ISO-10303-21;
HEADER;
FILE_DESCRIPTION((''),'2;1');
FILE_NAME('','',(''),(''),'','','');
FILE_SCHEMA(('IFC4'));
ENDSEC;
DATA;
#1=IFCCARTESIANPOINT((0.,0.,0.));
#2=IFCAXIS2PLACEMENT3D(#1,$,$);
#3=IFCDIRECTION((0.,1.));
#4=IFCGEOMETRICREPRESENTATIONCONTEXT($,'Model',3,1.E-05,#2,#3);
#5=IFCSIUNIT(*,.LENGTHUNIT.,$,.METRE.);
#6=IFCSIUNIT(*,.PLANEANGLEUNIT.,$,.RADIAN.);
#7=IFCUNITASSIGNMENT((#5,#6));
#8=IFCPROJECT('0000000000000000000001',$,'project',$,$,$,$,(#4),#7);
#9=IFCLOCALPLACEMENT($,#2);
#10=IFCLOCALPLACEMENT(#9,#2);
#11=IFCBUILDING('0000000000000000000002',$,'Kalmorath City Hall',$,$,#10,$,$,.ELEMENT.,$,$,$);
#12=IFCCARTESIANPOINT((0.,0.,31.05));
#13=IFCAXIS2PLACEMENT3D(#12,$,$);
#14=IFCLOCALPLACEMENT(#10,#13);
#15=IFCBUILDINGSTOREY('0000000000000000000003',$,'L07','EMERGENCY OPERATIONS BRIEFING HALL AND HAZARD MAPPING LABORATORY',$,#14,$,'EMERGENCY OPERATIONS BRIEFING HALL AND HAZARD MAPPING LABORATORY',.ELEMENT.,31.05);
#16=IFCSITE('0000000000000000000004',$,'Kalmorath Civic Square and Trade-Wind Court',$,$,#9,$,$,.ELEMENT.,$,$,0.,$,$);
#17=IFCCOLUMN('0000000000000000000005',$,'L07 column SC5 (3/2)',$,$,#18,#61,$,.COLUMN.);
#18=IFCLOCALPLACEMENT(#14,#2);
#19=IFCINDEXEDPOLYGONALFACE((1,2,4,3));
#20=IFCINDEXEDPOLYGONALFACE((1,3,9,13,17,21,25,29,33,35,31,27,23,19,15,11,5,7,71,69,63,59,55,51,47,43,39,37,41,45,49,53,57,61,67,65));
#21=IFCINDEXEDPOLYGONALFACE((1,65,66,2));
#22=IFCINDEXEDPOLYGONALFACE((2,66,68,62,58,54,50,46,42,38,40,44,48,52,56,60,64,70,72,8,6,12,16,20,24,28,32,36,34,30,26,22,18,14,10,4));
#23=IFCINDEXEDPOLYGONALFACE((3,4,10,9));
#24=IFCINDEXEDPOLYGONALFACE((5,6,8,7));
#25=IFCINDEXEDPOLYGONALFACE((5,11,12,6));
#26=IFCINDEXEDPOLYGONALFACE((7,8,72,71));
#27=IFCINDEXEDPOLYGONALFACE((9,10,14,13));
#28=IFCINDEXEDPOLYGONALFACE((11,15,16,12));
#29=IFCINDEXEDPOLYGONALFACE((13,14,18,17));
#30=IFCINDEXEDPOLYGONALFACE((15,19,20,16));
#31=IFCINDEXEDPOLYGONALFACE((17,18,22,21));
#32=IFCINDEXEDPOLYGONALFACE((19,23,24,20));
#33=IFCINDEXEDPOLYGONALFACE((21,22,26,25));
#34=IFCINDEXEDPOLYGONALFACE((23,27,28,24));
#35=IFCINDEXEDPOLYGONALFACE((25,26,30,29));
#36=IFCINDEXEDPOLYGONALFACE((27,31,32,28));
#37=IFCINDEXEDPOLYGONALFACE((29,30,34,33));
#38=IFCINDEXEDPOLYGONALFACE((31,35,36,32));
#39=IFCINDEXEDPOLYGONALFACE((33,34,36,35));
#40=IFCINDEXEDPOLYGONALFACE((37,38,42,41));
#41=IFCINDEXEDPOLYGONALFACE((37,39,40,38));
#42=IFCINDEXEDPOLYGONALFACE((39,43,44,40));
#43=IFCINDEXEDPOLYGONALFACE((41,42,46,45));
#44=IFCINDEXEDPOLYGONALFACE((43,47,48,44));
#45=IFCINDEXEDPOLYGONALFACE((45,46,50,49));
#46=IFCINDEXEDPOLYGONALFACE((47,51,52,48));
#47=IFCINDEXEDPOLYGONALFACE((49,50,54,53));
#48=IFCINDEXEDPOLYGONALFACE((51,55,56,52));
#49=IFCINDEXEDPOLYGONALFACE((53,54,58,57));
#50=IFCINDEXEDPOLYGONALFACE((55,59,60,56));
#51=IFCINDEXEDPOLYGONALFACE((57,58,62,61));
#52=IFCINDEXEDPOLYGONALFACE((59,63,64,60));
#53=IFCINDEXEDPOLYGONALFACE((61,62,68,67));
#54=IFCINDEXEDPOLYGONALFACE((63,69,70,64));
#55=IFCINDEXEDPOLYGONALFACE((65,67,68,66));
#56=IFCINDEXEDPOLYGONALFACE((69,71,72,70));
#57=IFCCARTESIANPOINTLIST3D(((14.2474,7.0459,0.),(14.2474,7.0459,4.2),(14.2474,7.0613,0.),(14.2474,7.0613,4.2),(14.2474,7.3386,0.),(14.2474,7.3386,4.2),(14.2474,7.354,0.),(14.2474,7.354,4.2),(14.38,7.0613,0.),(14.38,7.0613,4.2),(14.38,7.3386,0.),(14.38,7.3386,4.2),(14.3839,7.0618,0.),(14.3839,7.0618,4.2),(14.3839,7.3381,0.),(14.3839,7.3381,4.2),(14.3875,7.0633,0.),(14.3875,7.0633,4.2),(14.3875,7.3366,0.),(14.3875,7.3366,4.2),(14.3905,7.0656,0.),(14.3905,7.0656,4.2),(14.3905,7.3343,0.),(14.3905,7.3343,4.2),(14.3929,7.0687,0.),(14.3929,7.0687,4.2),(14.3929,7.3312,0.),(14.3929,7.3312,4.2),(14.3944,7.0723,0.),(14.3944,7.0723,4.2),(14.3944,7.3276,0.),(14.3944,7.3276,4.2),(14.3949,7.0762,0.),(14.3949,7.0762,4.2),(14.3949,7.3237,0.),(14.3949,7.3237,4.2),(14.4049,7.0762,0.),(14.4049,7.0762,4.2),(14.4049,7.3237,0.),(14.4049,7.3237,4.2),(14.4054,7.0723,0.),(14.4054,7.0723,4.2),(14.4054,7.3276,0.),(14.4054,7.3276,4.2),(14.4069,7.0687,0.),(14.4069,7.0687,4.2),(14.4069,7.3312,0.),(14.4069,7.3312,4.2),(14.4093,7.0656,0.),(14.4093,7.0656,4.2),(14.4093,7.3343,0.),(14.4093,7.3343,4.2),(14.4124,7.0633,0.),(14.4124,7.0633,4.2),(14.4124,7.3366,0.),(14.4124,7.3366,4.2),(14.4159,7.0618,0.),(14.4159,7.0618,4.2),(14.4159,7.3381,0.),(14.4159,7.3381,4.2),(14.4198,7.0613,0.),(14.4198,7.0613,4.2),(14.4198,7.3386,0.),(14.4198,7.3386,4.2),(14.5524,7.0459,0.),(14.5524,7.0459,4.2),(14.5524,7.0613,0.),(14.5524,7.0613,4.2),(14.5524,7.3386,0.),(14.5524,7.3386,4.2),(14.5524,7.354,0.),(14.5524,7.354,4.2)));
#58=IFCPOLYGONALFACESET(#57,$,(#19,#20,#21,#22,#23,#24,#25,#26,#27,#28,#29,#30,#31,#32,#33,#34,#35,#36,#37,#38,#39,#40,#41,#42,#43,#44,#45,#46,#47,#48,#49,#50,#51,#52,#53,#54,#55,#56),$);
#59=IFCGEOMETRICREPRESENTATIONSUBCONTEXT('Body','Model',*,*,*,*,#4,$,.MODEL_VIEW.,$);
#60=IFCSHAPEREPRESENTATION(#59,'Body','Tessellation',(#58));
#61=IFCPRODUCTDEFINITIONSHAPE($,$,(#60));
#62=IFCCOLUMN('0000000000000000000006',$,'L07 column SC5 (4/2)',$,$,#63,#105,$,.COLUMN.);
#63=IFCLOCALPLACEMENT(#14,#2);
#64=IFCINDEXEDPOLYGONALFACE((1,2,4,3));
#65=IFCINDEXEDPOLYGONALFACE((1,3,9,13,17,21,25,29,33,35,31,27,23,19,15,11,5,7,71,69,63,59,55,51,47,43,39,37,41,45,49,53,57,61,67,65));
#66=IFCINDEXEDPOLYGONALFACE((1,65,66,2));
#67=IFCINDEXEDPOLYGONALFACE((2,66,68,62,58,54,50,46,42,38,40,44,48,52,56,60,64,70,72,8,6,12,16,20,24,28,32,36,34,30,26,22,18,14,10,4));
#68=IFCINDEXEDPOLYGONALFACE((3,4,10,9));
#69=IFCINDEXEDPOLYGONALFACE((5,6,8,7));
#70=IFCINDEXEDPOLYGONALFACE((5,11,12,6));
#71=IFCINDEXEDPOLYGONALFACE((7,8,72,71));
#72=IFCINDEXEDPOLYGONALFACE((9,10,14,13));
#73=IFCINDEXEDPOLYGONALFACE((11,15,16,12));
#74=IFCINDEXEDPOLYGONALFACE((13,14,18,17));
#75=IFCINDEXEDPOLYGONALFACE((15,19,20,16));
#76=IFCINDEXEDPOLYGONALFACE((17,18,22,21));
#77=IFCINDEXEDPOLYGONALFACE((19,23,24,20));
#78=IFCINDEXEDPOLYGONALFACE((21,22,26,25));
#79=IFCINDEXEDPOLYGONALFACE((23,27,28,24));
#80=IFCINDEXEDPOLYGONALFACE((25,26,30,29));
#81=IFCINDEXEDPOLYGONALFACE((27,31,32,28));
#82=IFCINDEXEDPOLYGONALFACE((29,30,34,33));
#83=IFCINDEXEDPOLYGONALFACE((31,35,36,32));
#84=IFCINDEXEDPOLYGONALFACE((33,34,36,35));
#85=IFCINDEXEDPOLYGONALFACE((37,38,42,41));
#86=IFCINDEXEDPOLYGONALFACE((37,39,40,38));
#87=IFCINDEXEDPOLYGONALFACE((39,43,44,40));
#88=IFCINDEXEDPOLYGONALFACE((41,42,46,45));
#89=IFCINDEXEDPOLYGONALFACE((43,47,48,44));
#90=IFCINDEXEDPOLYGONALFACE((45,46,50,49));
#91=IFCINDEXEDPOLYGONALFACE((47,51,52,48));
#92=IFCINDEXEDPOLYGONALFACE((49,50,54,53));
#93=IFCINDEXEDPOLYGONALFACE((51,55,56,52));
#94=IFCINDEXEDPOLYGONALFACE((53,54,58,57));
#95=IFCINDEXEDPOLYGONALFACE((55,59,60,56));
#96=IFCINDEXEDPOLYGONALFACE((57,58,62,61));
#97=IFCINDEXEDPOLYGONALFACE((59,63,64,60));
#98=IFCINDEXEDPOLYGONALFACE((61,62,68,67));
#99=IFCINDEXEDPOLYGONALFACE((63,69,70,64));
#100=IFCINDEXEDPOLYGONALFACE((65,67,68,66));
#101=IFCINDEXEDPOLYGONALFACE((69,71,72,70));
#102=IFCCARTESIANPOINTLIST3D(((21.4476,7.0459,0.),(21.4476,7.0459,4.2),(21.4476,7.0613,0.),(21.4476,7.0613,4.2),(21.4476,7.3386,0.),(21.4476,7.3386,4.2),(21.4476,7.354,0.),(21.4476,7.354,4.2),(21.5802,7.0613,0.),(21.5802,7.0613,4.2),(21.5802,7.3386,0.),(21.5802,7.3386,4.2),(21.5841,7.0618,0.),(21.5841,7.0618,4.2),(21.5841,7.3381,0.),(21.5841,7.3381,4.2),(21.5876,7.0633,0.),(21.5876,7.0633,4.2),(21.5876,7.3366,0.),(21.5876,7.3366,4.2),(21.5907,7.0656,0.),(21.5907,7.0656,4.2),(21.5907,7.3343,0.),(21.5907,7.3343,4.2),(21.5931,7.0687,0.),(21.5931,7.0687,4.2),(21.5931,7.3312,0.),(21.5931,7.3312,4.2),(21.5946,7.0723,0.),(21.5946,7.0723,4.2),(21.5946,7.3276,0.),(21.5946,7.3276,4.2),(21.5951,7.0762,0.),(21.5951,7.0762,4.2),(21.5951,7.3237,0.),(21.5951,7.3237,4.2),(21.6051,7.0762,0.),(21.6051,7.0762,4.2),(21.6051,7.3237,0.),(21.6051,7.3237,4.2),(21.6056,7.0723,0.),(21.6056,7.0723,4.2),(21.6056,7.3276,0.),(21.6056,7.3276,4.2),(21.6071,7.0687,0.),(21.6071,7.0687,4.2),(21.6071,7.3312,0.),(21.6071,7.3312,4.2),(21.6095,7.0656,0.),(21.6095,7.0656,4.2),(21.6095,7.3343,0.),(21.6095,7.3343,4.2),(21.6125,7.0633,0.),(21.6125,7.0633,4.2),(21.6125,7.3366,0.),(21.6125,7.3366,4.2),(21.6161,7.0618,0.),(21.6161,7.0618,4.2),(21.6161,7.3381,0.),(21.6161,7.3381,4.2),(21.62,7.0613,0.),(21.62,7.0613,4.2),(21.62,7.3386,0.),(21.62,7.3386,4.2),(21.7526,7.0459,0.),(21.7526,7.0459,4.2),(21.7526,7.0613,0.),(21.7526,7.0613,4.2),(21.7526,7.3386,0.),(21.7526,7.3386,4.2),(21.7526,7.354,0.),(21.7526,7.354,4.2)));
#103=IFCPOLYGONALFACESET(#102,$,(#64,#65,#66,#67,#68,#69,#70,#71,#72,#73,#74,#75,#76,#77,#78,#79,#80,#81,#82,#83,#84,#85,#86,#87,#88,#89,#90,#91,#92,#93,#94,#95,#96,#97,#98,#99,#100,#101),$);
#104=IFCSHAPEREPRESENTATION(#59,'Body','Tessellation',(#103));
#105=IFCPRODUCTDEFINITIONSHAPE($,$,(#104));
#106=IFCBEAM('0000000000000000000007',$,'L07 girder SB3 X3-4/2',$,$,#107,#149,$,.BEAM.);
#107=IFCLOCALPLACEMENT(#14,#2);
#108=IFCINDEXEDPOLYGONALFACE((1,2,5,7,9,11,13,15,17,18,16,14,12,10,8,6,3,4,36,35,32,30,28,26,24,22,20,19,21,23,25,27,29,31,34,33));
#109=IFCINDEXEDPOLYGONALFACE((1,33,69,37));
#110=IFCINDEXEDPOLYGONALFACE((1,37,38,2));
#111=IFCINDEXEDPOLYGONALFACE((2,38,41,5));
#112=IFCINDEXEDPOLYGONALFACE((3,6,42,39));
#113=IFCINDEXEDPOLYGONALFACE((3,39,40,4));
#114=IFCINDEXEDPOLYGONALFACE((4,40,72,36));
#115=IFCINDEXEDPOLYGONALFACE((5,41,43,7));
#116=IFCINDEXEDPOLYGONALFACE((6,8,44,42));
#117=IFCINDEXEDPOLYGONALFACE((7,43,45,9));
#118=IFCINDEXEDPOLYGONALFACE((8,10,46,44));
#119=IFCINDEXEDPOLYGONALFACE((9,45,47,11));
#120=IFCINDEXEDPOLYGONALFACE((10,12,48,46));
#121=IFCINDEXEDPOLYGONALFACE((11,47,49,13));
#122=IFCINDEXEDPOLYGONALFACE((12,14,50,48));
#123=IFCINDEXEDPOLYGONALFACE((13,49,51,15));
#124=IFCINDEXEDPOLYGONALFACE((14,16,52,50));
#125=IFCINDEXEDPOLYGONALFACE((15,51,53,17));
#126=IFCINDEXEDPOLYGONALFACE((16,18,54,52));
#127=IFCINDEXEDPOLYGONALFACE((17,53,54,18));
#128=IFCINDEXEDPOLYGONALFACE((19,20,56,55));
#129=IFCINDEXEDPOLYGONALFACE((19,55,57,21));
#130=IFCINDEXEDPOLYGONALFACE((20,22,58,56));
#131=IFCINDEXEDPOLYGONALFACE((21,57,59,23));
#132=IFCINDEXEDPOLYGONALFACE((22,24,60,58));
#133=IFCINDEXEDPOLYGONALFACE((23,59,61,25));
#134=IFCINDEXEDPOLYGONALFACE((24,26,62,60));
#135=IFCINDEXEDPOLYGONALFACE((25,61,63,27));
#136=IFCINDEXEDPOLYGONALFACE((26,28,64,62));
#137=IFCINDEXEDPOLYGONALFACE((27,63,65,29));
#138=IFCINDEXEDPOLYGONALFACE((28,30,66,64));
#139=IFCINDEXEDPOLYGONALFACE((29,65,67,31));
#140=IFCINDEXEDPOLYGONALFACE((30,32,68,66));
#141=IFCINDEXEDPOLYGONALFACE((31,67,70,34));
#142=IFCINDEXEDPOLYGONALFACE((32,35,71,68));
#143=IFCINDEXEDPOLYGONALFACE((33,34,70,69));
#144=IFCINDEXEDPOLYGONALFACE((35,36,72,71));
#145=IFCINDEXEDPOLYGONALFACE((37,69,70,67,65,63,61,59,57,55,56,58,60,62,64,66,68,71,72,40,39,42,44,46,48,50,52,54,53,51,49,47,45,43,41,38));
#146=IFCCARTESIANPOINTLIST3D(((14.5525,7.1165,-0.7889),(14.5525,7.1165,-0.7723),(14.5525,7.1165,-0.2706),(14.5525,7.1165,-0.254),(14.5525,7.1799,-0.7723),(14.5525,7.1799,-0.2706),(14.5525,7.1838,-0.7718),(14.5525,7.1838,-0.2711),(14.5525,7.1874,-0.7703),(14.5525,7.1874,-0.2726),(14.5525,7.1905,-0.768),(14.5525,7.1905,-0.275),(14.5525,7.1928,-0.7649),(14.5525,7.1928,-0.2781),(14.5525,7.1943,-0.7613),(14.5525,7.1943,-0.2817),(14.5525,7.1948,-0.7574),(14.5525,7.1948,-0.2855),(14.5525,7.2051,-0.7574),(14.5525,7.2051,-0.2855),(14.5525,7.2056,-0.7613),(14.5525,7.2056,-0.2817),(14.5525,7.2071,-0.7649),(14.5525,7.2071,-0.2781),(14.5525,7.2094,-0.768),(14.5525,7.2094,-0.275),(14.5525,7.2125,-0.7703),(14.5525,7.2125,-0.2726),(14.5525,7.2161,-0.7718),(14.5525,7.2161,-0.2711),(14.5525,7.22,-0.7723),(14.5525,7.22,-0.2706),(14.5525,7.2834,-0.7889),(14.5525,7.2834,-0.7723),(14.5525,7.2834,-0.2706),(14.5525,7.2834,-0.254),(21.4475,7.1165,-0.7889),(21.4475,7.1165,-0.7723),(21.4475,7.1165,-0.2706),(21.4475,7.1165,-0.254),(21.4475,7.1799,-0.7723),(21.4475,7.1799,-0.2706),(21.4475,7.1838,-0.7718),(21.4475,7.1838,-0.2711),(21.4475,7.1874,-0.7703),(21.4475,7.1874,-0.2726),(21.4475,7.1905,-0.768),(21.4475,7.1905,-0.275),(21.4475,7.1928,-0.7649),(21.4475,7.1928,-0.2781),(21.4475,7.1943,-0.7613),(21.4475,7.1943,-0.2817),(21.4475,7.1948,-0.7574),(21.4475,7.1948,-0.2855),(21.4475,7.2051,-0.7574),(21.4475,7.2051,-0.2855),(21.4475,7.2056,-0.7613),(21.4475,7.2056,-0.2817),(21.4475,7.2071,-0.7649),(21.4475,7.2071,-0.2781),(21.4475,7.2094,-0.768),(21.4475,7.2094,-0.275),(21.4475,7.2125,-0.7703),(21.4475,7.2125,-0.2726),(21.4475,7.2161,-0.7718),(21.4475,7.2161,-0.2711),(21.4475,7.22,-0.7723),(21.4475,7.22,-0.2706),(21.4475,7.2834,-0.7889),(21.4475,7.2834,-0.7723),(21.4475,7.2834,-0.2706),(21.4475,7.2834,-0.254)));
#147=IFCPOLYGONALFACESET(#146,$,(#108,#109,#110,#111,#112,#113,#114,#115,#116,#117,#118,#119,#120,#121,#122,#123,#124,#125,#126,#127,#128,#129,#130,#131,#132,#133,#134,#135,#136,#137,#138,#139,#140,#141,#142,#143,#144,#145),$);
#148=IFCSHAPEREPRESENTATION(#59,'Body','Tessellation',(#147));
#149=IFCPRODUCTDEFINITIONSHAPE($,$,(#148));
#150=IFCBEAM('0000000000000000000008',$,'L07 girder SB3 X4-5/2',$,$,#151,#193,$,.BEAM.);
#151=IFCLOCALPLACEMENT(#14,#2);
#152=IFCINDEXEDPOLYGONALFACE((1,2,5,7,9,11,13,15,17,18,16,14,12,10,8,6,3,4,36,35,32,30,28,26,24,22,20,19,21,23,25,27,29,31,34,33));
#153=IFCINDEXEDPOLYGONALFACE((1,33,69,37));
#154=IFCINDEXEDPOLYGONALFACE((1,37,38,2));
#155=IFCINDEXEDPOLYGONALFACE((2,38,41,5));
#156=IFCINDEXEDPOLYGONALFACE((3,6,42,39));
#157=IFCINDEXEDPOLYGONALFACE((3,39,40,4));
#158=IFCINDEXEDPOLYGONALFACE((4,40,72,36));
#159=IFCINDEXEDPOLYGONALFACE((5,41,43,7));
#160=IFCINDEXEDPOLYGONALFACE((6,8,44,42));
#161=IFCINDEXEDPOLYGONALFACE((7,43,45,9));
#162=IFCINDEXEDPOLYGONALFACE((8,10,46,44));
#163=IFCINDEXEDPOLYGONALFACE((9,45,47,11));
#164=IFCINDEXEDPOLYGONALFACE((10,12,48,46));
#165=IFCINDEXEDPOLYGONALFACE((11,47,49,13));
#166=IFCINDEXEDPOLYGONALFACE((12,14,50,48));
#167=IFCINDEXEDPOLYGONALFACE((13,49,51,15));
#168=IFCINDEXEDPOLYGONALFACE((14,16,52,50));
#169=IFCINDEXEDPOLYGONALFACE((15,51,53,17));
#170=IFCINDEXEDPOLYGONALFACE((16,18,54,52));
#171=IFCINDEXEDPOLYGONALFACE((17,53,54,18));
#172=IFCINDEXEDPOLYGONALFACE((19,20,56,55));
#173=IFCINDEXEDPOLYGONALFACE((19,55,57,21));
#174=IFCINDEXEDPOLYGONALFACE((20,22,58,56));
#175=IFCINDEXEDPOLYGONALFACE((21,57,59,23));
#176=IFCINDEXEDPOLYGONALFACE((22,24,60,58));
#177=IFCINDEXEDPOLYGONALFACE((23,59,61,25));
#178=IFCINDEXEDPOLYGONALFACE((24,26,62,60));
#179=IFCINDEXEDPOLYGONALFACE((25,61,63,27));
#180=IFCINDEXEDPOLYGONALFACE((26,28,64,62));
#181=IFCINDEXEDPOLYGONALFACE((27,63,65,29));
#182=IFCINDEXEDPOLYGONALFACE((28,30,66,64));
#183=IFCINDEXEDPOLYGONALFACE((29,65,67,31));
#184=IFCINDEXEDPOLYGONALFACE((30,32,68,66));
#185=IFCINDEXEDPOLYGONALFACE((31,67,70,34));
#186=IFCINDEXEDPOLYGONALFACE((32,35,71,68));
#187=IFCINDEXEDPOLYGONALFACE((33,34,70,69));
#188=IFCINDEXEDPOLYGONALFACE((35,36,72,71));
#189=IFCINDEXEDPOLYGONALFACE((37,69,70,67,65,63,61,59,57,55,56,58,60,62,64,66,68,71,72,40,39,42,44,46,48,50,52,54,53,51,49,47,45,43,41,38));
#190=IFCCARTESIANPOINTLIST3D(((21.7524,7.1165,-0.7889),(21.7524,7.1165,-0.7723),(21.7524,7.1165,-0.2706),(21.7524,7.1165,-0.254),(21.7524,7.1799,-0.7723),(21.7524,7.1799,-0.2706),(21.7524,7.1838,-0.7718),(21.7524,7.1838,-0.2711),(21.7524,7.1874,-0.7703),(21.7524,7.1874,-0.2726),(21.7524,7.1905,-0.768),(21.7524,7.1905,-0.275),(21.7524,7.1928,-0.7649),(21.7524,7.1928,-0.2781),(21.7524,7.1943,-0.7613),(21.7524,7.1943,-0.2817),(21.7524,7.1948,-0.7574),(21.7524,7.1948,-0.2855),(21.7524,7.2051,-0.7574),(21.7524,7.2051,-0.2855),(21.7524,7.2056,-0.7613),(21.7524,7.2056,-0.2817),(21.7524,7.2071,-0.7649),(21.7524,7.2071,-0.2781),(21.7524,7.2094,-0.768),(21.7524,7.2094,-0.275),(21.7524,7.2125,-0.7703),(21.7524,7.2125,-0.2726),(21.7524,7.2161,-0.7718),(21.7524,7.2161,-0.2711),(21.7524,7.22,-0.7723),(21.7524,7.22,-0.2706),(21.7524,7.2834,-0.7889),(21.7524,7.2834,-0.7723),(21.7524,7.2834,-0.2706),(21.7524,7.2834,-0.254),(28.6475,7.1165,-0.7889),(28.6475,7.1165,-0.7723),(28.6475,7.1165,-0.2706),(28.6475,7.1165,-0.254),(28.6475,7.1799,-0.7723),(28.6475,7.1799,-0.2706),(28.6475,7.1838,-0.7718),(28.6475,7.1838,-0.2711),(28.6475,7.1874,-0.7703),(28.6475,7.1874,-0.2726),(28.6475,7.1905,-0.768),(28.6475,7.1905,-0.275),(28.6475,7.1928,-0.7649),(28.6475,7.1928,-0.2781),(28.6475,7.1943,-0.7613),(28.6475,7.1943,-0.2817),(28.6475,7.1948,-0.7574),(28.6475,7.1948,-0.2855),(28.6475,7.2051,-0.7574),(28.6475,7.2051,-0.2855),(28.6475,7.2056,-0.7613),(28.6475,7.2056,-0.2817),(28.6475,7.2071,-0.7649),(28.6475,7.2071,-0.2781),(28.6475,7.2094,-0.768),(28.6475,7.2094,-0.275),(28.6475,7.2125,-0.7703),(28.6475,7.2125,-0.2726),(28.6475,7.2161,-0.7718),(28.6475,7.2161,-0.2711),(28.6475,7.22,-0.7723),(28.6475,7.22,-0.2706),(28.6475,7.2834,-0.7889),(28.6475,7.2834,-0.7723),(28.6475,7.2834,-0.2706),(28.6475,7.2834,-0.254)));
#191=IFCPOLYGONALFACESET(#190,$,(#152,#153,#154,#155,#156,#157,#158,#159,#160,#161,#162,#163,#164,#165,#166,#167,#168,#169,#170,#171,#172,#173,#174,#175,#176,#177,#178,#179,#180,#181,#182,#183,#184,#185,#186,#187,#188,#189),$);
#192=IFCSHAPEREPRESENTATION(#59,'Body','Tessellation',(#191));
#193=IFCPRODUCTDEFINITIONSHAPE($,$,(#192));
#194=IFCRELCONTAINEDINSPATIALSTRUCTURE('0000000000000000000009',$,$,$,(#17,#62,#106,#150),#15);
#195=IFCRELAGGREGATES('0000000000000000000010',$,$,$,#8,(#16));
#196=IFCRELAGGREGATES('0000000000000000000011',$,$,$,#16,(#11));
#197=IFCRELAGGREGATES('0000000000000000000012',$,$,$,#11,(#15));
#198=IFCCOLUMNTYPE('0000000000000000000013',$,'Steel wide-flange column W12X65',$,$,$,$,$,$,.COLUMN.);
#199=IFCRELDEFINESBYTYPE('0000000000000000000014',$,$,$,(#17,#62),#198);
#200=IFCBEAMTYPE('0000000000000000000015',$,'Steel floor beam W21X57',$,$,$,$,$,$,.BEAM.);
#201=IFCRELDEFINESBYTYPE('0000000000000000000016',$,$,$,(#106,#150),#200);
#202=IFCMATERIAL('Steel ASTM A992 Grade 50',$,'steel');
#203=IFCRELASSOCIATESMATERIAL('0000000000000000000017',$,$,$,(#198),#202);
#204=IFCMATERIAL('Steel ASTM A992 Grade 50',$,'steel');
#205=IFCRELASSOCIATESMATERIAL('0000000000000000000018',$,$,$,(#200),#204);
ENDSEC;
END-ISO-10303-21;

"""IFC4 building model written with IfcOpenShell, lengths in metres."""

from ifc_helpers import new_model, si_unit, direction, frame, origin, origin_2d, place, context, subcontext, project, spatial, i_section, extrude, material, material_profile, profile_set, type_object, element, save


model = new_model("IFC4")

# Units and contexts
model_context = context("Model", 3, precision=1e-05, world=origin(), true_north=direction((0.0, 1.0)))
body_context = subcontext(model_context, "Body", "Model", "MODEL_VIEW")
ifc_project = project(units=[si_unit("LENGTHUNIT", "METRE"), si_unit("PLANEANGLEUNIT", "RADIAN")], contexts=[model_context])

# Site, building, storey
site_placement = place(None, origin())
site = spatial("IfcSite", under=ifc_project, at=site_placement, Name="Kalmorath Civic Square and Trade-Wind Court", CompositionType="ELEMENT", RefElevation=0.0)
building_placement = place(site_placement, origin())
building = spatial("IfcBuilding", under=site, at=building_placement, Name="Kalmorath City Hall", CompositionType="ELEMENT")
storey_placement = place(building_placement, frame((0.0, 0.0, 31.05)))
storey = spatial("IfcBuildingStorey", under=building, at=storey_placement, Name="L07", Description="EMERGENCY OPERATIONS BRIEFING HALL AND HAZARD MAPPING LABORATORY", LongName="EMERGENCY OPERATIONS BRIEFING HALL AND HAZARD MAPPING LABORATORY", CompositionType="ELEMENT", Elevation=31.05)

# Columns
ifc_material_1 = material(Name="Steel ASTM A992 Grade 50", Category="steel")
ifc_material_profile_1 = material_profile(ifc_material_1, i_section(OverallWidth=0.3049, OverallDepth=0.3081, WebThickness=0.01, FlangeThickness=0.0154, FilletRadius=0.0149, at=origin_2d()), Name="W12X65")
ifc_profile_set_1 = profile_set([ifc_material_profile_1], Name="Steel ASTM A992 Grade 50")
column_type = type_object("IfcColumnType", Name="Steel wide-flange column W12X65", PredefinedType="COLUMN", material=ifc_profile_set_1)
for number, where, z_axis, x_axis, name in (
    (1, (14.3999, 7.2, 0.0), (0.0, 0.0, 1.0), (1.0, 0.0, 0.0), "L07 column SC5 (3/2)"),
    (2, (21.6001, 7.2, 0.0), (0.0, 0.0, 1.0), (1.0, 0.0, 0.0), "L07 column SC5 (4/2)"),
):
    element("IfcColumn", number, at=place(storey_placement, frame(where, z_axis=z_axis, x_axis=x_axis)), inside=storey, type_object=column_type, Name=name, PredefinedType="COLUMN", context=body_context, shape_type="SweptSolid", body=[
        extrude(i_section(OverallWidth=0.3049, OverallDepth=0.3081, WebThickness=0.01, FlangeThickness=0.0154, FilletRadius=0.0149, at=origin_2d()), origin(), (0.0, 0.0, 1.0), 4.2),
    ])

# Beams
ifc_material_2 = material(Name="Steel ASTM A992 Grade 50", Category="steel")
ifc_material_profile_2 = material_profile(ifc_material_2, i_section(OverallWidth=0.167, OverallDepth=0.5349, WebThickness=0.0103, FlangeThickness=0.0166, FilletRadius=0.0149, at=origin_2d()), Name="W21X57")
ifc_profile_set_2 = profile_set([ifc_material_profile_2], Name="Steel ASTM A992 Grade 50")
beam_type = type_object("IfcBeamType", Name="Steel floor beam W21X57", PredefinedType="BEAM", material=ifc_profile_set_2)
for number, where, z_axis, x_axis, name in (
    (3, (14.5525, 7.2, -0.5215), (1.0, 0.0, 0.0), (0.0, 1.0, 0.0), "L07 girder SB3 X3-4/2"),
    (4, (21.7524, 7.2, -0.5215), (1.0, 0.0, 0.0), (0.0, 1.0, 0.0), "L07 girder SB3 X4-5/2"),
):
    element("IfcBeam", number, at=place(storey_placement, frame(where, z_axis=z_axis, x_axis=x_axis)), inside=storey, type_object=beam_type, Name=name, PredefinedType="BEAM", context=body_context, shape_type="SweptSolid", body=[
        extrude(i_section(OverallWidth=0.167, OverallDepth=0.5349, WebThickness=0.0103, FlangeThickness=0.0166, FilletRadius=0.0149, at=origin_2d()), origin(), (0.0, 0.0, 1.0), 6.895),
    ])

save(model, "model.ifc")
